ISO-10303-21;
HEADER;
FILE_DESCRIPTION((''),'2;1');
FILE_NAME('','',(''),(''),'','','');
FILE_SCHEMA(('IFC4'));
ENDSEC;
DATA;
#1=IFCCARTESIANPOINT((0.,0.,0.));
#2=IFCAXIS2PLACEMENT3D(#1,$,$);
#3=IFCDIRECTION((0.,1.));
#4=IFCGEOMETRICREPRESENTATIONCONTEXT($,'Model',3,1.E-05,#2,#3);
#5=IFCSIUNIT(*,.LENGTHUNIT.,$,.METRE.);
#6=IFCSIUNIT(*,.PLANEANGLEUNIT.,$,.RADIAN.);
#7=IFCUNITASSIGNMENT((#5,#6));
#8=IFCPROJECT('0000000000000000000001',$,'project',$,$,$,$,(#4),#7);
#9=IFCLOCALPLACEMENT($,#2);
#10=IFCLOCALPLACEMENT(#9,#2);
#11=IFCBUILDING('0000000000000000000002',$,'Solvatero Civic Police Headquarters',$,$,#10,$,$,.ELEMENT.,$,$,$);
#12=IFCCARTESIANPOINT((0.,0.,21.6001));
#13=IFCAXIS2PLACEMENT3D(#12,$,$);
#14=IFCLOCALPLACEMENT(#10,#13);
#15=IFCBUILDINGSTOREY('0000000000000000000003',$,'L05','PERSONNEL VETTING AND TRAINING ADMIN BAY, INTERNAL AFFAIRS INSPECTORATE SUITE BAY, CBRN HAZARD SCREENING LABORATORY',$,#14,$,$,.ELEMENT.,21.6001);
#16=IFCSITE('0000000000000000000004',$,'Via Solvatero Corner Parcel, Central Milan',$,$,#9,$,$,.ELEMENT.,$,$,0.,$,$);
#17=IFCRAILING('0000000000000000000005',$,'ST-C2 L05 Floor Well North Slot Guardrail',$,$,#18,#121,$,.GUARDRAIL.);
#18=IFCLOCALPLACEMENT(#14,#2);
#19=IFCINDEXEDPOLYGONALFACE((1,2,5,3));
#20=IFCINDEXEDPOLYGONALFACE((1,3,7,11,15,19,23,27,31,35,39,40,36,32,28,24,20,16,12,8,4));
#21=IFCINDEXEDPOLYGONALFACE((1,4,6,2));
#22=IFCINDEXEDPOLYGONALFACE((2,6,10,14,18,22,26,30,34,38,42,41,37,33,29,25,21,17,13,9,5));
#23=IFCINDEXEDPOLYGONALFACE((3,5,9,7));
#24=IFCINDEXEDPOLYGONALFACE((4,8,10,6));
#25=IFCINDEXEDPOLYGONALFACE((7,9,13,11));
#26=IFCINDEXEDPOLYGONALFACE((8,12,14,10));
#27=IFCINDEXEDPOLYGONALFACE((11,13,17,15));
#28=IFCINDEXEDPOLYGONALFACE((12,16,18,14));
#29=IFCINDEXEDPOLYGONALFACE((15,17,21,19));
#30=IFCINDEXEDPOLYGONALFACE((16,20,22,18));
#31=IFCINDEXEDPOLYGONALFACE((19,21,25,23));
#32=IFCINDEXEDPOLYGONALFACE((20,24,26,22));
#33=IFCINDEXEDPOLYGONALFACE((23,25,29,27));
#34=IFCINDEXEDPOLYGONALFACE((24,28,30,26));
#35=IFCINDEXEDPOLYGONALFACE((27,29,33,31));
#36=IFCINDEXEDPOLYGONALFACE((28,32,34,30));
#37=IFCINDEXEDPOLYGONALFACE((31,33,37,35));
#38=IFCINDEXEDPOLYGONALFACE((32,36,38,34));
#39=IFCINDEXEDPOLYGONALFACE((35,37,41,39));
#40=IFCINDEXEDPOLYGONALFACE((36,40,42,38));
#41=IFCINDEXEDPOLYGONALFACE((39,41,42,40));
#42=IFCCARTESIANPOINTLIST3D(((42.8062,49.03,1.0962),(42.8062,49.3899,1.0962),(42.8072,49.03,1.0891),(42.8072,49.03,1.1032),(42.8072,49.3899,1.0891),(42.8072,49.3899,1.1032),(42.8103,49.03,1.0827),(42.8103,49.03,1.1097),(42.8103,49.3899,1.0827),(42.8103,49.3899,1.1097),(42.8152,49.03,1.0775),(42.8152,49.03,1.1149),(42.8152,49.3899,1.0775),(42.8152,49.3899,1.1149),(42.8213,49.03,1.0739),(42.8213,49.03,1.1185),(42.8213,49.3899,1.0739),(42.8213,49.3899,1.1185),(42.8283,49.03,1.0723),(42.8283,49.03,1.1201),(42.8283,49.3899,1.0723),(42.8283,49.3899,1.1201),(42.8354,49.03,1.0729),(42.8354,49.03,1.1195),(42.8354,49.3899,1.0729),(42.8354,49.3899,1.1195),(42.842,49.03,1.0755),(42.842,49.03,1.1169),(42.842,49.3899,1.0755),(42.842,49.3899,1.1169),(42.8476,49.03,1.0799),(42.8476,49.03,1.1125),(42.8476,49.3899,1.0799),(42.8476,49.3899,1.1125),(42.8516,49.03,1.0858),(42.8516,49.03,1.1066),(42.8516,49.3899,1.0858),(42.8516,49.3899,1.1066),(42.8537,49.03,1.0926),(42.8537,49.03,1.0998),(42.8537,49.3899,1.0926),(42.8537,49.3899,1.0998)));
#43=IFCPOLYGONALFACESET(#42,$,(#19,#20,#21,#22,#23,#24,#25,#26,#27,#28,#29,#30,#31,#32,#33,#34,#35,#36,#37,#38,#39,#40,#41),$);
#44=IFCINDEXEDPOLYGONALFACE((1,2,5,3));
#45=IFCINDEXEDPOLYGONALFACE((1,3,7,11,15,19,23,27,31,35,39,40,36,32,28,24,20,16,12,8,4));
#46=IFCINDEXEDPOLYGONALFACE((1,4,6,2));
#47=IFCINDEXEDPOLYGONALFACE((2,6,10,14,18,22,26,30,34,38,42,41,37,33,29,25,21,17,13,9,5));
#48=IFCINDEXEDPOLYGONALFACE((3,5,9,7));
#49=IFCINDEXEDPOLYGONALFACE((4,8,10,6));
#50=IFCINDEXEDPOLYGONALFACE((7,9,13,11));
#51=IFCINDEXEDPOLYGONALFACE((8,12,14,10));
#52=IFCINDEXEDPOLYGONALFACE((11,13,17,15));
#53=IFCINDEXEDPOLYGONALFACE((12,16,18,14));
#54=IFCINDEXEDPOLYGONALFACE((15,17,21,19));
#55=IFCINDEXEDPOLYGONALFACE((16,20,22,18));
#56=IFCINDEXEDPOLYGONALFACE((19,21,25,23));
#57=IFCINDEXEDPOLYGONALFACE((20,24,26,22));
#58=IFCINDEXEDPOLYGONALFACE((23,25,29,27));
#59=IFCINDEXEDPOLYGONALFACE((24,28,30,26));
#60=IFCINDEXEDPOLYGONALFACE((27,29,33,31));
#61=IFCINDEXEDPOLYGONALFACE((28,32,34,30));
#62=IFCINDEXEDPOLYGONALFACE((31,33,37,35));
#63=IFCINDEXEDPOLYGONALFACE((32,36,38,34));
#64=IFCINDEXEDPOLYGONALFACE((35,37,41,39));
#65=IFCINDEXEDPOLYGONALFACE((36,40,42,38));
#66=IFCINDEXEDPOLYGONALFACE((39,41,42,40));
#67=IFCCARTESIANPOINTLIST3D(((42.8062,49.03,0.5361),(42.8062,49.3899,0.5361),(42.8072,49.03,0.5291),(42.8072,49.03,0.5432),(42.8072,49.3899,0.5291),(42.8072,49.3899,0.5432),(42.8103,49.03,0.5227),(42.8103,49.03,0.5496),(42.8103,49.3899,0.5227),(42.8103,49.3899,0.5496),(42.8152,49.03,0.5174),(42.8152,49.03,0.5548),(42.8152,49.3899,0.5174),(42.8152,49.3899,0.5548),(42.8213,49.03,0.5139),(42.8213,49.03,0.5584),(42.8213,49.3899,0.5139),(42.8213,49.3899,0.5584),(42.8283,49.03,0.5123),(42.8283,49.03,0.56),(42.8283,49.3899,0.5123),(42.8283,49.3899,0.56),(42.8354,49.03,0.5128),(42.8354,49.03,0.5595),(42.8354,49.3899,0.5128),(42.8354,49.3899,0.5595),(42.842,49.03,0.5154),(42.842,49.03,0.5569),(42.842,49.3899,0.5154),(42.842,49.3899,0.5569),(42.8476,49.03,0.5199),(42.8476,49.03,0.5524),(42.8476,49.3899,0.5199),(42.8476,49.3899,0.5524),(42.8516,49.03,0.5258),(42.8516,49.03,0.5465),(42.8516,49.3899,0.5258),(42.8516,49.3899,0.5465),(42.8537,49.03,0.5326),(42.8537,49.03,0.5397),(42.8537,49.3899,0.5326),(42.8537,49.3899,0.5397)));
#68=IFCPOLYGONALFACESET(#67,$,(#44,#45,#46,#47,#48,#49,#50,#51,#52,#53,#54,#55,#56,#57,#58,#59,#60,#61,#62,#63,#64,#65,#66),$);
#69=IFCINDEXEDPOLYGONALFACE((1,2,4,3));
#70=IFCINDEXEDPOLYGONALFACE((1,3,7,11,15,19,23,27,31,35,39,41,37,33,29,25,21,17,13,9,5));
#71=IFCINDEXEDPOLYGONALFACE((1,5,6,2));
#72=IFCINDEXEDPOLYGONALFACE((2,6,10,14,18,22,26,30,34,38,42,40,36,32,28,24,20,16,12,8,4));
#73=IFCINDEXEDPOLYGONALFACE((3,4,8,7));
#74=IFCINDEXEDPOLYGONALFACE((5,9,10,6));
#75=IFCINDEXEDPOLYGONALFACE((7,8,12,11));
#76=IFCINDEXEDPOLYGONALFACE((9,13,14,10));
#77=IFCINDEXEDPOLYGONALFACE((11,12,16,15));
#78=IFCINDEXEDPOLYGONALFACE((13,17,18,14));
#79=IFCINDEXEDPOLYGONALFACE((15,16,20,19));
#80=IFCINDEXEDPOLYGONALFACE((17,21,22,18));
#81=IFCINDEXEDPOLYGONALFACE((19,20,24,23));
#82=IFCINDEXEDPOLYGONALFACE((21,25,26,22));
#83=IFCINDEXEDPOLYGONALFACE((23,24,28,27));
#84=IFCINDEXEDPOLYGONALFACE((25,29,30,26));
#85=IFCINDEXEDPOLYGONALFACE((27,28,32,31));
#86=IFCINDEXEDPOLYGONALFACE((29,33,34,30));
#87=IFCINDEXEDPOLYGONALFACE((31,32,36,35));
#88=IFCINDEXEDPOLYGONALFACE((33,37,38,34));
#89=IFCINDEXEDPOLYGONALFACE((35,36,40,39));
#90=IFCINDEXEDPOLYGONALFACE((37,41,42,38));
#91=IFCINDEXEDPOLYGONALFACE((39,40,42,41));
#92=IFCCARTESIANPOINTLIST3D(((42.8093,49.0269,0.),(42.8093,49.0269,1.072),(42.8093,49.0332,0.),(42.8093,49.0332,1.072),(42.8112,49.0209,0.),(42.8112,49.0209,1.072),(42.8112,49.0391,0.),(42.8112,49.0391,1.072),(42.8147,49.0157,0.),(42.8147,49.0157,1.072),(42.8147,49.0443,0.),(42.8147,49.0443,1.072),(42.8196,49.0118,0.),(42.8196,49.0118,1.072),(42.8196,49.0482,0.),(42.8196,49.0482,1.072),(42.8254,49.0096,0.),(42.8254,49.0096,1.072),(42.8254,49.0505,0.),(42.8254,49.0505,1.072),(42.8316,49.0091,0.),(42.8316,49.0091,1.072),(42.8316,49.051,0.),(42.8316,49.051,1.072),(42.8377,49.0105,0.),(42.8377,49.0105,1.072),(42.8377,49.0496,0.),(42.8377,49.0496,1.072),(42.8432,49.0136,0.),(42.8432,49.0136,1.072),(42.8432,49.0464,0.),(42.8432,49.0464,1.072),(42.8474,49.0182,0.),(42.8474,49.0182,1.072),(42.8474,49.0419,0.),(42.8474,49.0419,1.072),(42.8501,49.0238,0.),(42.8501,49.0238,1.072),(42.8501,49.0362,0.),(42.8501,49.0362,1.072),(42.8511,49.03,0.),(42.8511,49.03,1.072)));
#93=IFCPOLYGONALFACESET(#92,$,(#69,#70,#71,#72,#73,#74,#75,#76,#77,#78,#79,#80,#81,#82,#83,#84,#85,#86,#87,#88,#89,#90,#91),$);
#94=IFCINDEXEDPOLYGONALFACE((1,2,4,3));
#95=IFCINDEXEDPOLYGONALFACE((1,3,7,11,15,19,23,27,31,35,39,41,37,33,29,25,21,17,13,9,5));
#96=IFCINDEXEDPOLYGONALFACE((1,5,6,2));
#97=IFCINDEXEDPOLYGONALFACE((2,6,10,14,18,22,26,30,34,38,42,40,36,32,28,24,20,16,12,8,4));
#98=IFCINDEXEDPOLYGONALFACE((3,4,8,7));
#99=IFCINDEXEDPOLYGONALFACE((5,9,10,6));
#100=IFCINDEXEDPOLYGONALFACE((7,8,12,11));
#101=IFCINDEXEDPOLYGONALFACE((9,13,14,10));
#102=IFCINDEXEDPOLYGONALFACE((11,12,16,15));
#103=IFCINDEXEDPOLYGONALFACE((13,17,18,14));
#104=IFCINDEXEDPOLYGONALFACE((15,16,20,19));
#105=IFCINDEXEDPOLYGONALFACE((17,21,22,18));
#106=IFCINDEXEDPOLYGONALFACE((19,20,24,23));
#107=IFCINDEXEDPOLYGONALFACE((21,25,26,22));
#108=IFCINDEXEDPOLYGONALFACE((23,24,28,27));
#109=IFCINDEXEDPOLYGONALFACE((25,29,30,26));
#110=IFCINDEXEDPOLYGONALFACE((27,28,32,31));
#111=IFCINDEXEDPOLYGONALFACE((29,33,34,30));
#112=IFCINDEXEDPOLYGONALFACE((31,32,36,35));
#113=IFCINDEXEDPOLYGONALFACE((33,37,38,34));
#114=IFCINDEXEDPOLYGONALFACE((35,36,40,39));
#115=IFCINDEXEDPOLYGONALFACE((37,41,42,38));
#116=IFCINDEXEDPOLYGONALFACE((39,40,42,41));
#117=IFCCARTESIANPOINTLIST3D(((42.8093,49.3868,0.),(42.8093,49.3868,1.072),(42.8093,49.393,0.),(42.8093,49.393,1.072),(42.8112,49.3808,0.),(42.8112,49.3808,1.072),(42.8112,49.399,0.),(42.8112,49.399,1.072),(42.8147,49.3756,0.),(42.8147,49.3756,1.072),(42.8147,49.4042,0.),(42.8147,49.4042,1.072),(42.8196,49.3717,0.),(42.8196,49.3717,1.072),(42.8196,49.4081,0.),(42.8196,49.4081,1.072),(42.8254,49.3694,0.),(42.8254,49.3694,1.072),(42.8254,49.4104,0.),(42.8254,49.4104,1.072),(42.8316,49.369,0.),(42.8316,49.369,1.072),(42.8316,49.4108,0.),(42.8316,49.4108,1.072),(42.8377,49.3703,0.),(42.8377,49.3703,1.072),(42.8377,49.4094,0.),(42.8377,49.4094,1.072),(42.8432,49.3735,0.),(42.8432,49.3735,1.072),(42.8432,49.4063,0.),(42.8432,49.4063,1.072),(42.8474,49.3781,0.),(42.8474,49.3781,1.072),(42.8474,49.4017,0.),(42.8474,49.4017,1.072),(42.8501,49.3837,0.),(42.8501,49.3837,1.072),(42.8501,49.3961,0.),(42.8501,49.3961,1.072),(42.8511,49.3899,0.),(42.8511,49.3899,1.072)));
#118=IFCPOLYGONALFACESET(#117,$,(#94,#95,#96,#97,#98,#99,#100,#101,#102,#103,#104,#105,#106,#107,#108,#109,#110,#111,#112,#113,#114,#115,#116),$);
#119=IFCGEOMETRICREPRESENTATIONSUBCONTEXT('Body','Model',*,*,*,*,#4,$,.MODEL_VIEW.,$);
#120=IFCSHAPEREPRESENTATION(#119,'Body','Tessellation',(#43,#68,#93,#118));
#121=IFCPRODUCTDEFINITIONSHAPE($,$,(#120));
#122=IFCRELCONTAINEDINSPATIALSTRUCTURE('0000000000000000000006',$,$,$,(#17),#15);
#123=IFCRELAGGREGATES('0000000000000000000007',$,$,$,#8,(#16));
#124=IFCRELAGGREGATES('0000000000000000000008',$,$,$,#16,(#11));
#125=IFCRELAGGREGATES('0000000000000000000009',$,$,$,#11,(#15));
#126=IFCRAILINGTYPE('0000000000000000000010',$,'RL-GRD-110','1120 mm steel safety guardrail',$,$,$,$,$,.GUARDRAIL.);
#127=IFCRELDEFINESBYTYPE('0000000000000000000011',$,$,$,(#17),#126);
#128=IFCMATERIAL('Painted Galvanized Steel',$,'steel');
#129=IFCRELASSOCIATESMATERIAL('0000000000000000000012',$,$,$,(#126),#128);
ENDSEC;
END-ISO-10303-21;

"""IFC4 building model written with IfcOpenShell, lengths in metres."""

from ifc_helpers import new_model, si_unit, direction, frame, origin, origin_2d, place, context, subcontext, project, spatial, circle, extrude, material, type_object, element, save


model = new_model("IFC4")

# Units and contexts
model_context = context("Model", 3, precision=1e-05, world=origin(), true_north=direction((0.0, 1.0)))
body_context = subcontext(model_context, "Body", "Model", "MODEL_VIEW")
ifc_project = project(units=[si_unit("LENGTHUNIT", "METRE"), si_unit("PLANEANGLEUNIT", "RADIAN")], contexts=[model_context])

# Site, building, storey
site_placement = place(None, origin())
site = spatial("IfcSite", under=ifc_project, at=site_placement, Name="Via Solvatero Corner Parcel, Central Milan", CompositionType="ELEMENT", RefElevation=0.0)
building_placement = place(site_placement, origin())
building = spatial("IfcBuilding", under=site, at=building_placement, Name="Solvatero Civic Police Headquarters", CompositionType="ELEMENT")
storey_placement = place(building_placement, frame((0.0, 0.0, 21.6001)))
storey = spatial("IfcBuildingStorey", under=building, at=storey_placement, Name="L05", Description="PERSONNEL VETTING AND TRAINING ADMIN BAY, INTERNAL AFFAIRS INSPECTORATE SUITE BAY, CBRN HAZARD SCREENING LABORATORY", CompositionType="ELEMENT", Elevation=21.6001)

# Railing
ifc_material_1 = material(Name="Painted Galvanized Steel", Category="steel")
railing_type_1 = type_object("IfcRailingType", Name="RL-GRD-110", Description="1120 mm steel safety guardrail", PredefinedType="GUARDRAIL", material=ifc_material_1)
for number, where, name in (
    (1, (42.8301, 49.03, 0.0), "ST-C2 L05 Floor Well North Slot Guardrail"),
):
    element("IfcRailing", number, at=place(storey_placement, frame(where)), inside=storey, type_object=railing_type_1, Name=name, PredefinedType="GUARDRAIL", context=body_context, shape_type="SweptSolid", body=[
        extrude(circle(Radius=0.0239, at=origin_2d()), frame((0.0, 0.0, 1.0962), z_axis=(0.0, 1.0, 0.0), x_axis=(-1.0, 0.0, 0.0)), (0.0, 0.0, 1.0), 0.3599),
        extrude(circle(Radius=0.0239, at=origin_2d()), frame((0.0, 0.0, 0.5361), z_axis=(0.0, 1.0, 0.0), x_axis=(-1.0, 0.0, 0.0)), (0.0, 0.0, 1.0), 0.3599),
        extrude(circle(Radius=0.021, at=origin_2d()), origin(), (0.0, 0.0, 1.0), 1.072),
        extrude(circle(Radius=0.021, at=origin_2d()), frame((0.0, 0.3599, 0.0)), (0.0, 0.0, 1.0), 1.072),
    ])

save(model, "model.ifc")
